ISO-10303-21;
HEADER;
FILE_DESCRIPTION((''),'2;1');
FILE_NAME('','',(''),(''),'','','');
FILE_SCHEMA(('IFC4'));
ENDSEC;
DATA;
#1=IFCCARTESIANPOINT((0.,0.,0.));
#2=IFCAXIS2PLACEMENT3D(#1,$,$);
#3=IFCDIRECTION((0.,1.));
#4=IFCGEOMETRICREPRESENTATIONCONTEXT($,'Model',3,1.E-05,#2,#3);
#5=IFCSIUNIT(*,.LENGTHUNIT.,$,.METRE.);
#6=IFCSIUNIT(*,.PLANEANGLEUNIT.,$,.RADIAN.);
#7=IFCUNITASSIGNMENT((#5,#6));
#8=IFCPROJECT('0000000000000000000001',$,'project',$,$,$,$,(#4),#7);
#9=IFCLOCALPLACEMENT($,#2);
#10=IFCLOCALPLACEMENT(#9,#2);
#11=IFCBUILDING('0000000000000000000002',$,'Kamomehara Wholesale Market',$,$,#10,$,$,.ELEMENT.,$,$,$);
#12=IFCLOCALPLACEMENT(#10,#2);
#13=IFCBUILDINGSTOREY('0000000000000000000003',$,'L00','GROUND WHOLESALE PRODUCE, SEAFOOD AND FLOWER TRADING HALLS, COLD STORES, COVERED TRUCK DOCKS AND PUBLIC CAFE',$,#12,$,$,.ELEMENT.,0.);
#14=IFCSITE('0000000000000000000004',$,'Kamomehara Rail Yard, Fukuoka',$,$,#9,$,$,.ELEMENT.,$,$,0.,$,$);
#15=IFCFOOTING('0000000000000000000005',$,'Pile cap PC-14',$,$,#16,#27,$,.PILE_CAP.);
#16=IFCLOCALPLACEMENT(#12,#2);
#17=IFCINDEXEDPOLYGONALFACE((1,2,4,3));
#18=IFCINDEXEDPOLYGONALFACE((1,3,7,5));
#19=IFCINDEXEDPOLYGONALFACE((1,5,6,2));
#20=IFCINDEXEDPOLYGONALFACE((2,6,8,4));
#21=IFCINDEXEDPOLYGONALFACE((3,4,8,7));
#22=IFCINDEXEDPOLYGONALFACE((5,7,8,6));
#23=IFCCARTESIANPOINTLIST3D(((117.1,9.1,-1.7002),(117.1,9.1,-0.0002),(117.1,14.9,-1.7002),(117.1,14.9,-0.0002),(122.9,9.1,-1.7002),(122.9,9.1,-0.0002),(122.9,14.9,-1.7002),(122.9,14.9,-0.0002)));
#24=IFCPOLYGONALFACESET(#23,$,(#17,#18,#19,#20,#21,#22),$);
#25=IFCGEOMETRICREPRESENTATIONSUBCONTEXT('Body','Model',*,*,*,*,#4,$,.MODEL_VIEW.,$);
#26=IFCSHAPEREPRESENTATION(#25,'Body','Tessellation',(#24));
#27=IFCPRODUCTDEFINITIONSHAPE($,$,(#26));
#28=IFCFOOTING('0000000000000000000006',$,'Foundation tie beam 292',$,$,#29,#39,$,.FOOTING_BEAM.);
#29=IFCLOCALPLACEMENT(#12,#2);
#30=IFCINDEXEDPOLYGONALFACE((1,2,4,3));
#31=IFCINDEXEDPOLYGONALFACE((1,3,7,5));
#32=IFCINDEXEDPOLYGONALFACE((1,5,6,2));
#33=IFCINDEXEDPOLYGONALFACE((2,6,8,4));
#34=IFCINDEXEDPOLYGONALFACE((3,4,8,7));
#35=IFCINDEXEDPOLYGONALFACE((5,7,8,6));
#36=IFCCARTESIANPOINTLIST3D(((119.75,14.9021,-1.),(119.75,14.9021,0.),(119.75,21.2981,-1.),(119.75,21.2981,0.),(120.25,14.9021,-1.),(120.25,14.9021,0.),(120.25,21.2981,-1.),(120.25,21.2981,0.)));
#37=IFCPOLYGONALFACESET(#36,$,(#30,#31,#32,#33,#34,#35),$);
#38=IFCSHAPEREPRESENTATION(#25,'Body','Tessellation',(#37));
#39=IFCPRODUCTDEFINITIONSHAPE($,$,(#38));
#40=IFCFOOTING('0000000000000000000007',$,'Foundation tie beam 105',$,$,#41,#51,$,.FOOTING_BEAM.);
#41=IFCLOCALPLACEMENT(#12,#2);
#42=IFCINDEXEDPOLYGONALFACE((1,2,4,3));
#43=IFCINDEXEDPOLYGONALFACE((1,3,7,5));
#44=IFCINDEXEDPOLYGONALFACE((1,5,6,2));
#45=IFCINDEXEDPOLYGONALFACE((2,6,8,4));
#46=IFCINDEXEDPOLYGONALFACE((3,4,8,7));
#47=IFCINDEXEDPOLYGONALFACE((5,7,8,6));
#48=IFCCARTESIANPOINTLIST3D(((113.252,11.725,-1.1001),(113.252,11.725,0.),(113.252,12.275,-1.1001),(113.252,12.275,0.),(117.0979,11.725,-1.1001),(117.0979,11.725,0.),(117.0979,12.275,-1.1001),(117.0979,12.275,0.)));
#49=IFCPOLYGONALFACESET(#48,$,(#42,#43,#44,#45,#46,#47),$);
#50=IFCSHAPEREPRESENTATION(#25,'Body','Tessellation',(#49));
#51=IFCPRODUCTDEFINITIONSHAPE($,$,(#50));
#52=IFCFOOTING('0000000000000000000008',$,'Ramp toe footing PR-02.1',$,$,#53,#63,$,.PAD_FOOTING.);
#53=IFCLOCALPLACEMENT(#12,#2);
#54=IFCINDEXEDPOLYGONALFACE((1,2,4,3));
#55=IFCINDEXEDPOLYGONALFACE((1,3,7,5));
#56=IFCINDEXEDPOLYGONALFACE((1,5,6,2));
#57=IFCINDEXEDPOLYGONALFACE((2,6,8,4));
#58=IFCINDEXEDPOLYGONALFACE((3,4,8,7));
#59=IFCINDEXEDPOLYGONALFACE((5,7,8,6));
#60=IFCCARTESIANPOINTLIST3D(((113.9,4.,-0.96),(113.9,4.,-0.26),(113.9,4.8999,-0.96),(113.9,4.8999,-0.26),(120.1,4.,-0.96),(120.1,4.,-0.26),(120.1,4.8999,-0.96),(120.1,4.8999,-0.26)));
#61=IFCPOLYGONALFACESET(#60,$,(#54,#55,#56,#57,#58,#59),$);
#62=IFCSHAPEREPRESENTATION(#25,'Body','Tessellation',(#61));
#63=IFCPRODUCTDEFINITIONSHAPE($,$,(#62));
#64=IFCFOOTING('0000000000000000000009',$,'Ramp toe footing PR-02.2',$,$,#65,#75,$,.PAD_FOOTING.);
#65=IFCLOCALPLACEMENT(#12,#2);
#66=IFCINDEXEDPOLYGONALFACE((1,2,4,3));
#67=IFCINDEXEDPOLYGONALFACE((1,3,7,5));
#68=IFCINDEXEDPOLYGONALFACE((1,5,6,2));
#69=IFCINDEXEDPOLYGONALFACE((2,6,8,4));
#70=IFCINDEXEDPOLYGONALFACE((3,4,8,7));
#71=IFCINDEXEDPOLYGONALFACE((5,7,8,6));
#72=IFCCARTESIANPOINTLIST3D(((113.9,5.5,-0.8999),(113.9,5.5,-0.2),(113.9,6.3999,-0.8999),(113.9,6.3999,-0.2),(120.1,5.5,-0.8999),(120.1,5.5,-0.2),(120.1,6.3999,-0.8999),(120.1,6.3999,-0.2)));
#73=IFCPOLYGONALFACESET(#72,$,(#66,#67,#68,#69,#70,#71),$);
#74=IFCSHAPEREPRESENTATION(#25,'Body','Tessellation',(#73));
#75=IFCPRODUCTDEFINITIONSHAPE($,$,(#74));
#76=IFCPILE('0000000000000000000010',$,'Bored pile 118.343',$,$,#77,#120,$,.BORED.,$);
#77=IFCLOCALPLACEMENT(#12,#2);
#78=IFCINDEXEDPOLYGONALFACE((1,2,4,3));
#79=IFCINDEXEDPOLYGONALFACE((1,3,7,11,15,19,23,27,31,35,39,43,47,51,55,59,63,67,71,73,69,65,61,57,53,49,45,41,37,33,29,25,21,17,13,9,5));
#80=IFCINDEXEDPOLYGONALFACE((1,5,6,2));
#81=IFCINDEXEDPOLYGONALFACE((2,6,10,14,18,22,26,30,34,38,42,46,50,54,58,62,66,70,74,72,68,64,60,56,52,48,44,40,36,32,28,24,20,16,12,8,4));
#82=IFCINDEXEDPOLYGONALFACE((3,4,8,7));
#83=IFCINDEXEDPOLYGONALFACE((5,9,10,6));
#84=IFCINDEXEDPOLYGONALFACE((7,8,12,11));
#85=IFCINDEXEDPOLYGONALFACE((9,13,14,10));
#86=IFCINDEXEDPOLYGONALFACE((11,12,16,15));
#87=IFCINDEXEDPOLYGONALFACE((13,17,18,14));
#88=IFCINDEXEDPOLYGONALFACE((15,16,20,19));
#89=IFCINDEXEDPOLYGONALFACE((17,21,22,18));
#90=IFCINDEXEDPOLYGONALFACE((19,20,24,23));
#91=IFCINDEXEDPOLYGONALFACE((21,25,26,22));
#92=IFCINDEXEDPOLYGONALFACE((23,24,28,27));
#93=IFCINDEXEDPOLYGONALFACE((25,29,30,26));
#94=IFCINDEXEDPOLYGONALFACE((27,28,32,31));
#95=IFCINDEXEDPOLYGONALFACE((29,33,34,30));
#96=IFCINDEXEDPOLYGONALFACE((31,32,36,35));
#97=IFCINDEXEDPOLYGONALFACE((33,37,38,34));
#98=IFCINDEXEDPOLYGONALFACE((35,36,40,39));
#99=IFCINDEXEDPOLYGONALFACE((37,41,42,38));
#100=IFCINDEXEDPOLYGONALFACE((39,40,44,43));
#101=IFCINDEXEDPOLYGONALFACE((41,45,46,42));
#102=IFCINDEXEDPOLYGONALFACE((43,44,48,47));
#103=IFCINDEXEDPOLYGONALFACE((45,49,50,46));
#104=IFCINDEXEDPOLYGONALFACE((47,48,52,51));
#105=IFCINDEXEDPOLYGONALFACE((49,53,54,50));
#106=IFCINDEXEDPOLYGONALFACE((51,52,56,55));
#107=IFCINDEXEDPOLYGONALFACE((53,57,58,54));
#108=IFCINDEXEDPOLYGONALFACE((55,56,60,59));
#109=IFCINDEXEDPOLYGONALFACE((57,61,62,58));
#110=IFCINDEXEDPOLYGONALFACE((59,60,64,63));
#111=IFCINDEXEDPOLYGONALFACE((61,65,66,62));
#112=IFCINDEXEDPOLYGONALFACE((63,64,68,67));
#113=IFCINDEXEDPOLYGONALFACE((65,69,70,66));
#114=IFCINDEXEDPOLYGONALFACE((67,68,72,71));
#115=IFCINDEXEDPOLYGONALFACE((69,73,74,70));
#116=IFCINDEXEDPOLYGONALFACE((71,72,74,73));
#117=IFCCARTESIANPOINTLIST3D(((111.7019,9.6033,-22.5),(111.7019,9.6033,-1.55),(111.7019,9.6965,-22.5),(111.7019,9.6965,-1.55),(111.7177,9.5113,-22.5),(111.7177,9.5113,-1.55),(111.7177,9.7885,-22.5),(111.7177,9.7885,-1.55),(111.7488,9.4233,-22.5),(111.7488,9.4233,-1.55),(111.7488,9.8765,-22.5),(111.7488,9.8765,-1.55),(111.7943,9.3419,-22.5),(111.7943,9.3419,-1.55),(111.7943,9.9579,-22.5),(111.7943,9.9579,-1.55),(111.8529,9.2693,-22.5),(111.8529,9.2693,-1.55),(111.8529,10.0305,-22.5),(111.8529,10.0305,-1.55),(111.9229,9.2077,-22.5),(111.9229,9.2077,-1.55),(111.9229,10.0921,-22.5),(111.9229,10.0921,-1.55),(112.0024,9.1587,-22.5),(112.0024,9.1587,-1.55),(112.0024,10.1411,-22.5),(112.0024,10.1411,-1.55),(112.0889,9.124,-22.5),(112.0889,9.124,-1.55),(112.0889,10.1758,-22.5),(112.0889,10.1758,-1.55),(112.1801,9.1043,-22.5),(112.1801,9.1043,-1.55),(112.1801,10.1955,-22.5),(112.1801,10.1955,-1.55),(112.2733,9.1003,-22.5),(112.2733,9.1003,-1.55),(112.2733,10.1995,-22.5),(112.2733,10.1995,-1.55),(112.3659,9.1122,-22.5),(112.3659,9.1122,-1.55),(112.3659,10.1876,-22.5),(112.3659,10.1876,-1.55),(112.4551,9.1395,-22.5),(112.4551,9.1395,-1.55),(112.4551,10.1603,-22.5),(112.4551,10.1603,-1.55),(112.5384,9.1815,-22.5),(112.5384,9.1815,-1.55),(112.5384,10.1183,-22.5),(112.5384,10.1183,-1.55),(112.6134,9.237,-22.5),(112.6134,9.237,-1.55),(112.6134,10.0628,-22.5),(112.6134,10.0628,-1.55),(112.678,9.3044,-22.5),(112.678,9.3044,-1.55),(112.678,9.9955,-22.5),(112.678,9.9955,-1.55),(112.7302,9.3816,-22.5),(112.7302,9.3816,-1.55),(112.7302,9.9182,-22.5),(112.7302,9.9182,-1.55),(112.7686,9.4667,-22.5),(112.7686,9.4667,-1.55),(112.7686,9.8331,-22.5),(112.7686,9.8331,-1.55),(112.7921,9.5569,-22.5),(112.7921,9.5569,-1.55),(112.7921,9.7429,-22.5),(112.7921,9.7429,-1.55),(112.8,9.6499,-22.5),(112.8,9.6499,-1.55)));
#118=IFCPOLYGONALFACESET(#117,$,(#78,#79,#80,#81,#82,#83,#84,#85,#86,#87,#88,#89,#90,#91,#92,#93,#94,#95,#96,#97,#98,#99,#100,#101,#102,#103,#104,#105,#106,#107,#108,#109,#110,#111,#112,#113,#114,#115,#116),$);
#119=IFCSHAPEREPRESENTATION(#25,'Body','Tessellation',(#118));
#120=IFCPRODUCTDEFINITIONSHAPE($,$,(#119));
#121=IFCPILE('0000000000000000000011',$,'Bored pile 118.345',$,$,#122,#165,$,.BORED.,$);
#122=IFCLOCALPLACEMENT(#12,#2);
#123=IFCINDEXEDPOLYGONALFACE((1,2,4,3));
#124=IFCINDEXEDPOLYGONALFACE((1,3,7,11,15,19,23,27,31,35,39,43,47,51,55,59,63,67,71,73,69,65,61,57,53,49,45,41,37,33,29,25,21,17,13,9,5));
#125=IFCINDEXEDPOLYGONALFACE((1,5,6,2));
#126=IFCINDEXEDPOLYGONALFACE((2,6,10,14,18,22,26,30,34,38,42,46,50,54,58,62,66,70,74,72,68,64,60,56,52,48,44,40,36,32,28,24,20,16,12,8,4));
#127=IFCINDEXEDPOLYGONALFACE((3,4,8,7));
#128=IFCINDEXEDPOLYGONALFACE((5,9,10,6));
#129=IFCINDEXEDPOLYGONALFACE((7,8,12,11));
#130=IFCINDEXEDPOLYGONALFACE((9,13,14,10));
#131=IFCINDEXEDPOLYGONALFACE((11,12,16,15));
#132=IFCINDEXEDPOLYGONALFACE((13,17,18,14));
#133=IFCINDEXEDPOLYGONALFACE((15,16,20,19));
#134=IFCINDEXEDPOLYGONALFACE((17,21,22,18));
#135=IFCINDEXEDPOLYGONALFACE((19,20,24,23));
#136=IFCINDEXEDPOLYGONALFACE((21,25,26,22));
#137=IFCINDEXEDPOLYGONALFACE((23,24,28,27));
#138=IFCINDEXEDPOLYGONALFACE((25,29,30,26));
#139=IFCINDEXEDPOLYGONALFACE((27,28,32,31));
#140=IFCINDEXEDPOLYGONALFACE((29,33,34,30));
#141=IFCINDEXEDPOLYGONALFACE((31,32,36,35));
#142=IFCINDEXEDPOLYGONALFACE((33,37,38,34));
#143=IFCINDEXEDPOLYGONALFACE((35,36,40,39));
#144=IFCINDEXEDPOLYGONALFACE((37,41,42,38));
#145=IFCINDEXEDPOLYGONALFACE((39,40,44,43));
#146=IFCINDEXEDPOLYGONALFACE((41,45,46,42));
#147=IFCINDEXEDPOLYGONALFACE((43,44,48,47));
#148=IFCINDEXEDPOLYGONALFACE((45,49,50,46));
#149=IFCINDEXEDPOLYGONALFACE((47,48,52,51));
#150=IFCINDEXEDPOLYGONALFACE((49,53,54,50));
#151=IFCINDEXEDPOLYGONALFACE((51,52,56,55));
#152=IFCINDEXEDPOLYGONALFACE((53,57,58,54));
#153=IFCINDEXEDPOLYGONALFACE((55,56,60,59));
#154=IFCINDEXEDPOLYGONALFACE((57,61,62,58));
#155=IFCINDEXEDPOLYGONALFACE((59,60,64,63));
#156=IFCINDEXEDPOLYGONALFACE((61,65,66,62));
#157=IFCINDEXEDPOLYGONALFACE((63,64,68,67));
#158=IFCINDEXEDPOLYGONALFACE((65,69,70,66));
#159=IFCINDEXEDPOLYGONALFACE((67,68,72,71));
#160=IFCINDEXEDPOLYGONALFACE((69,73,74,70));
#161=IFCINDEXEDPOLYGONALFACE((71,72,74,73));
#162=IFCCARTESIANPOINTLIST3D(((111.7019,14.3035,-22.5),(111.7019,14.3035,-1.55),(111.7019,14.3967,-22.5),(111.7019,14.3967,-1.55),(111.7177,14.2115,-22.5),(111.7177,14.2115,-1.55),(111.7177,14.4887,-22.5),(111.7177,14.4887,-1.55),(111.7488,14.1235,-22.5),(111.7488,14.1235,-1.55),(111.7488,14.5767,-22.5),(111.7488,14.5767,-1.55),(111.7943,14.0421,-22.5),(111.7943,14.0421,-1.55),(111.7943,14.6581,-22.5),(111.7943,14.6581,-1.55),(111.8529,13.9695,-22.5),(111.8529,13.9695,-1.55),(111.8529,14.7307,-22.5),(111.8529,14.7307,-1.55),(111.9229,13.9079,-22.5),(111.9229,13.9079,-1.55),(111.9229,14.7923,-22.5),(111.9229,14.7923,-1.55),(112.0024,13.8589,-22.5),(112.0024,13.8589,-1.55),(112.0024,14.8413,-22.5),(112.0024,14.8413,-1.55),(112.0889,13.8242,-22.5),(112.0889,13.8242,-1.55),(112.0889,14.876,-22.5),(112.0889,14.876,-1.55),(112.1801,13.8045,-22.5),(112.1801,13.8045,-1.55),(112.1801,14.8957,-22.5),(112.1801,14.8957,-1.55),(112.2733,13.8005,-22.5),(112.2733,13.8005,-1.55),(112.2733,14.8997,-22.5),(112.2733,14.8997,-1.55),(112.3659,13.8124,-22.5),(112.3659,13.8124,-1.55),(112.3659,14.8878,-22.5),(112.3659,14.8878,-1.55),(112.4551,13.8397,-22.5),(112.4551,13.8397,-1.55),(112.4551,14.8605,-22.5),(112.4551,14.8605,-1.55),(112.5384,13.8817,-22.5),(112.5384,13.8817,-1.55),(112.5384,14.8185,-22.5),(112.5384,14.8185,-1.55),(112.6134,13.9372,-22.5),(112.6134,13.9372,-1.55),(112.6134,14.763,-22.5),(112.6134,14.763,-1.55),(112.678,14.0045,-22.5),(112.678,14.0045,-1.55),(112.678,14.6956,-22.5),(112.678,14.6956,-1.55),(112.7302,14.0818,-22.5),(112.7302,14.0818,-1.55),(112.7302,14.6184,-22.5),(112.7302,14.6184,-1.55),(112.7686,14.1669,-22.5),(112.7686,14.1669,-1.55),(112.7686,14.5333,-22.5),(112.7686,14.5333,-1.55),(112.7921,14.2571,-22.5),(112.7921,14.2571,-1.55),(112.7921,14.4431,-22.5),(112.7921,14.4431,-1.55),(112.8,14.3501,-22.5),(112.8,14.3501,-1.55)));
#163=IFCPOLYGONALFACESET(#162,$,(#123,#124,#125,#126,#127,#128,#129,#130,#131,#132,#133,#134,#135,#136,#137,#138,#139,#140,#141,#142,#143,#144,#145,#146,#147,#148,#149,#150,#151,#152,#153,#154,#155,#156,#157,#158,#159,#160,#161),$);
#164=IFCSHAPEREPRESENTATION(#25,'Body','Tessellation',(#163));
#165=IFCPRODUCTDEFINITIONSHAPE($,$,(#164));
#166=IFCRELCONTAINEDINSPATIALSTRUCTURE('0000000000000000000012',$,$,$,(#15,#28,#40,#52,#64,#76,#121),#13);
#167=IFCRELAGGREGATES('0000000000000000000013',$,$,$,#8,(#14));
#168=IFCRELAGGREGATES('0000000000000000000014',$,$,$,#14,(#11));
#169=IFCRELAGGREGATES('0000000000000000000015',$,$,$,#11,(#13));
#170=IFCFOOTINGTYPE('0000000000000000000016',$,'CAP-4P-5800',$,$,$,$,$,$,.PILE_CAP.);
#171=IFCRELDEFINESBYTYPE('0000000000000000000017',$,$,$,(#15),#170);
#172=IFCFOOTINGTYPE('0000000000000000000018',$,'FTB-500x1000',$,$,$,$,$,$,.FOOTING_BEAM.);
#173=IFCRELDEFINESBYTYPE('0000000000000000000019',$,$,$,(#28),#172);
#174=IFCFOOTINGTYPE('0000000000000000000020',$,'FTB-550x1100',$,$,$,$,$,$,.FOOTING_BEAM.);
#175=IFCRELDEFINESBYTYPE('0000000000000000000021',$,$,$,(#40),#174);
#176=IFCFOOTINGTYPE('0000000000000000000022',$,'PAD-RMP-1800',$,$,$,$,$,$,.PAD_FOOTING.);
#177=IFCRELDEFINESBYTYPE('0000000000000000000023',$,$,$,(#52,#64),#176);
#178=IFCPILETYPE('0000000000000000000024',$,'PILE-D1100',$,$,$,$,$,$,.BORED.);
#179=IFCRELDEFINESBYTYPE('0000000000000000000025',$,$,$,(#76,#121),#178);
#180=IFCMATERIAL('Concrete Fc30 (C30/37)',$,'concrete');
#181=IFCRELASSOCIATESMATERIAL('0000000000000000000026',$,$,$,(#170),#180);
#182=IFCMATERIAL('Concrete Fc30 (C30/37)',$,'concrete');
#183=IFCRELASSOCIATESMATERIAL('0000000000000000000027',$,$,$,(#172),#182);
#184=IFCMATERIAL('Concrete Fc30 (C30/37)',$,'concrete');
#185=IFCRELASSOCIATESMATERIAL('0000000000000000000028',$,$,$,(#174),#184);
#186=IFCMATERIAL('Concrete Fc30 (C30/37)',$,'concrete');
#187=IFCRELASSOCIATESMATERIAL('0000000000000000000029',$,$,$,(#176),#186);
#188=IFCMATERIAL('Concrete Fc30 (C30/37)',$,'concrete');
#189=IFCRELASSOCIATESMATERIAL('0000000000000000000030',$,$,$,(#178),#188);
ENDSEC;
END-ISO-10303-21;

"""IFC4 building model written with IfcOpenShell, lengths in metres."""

from ifc_helpers import new_model, si_unit, direction, frame, origin, origin_2d, place, context, subcontext, project, spatial, rectangle, circle, extrude, material, material_profile, profile_set, type_object, element, save


model = new_model("IFC4")

# Units and contexts
model_context = context("Model", 3, precision=1e-05, world=origin(), true_north=direction((0.0, 1.0)))
body_context = subcontext(model_context, "Body", "Model", "MODEL_VIEW")
ifc_project = project(units=[si_unit("LENGTHUNIT", "METRE"), si_unit("PLANEANGLEUNIT", "RADIAN")], contexts=[model_context])

# Site, building, storey
site_placement = place(None, origin())
site = spatial("IfcSite", under=ifc_project, at=site_placement, Name="Kamomehara Rail Yard, Fukuoka", CompositionType="ELEMENT", RefElevation=0.0)
building_placement = place(site_placement, origin())
building = spatial("IfcBuilding", under=site, at=building_placement, Name="Kamomehara Wholesale Market", CompositionType="ELEMENT")
storey_placement = place(building_placement, origin())
storey = spatial("IfcBuildingStorey", under=building, at=storey_placement, Name="L00", Description="GROUND WHOLESALE PRODUCE, SEAFOOD AND FLOWER TRADING HALLS, COLD STORES, COVERED TRUCK DOCKS AND PUBLIC CAFE", CompositionType="ELEMENT", Elevation=0.0)

# Footings
ifc_material_1 = material(Name="Concrete Fc30 (C30/37)", Category="concrete")
footing_type_1 = type_object("IfcFootingType", Name="CAP-4P-5800", PredefinedType="PILE_CAP", material=ifc_material_1)
footing_1_placement = place(storey_placement, frame((120.0, 12.0, -1.7002), z_axis=(0.0, 0.0, 1.0), x_axis=(1.0, 0.0, 0.0)))
element("IfcFooting", 1, at=footing_1_placement, inside=storey, type_object=footing_type_1, Name="Pile cap PC-14", PredefinedType="PILE_CAP", context=body_context, shape_type="SweptSolid", body=[
    extrude(rectangle(XDim=5.8, YDim=5.8, at=origin_2d()), origin(), (0.0, 0.0, 1.0), 1.7),
])
ifc_material_2 = material(Name="Concrete Fc30 (C30/37)", Category="concrete")
ifc_material_profile_1 = material_profile(ifc_material_2, rectangle(XDim=0.5, YDim=1.0, at=origin_2d()), Name="RC-FTB-500x1000")
ifc_profile_set_1 = profile_set([ifc_material_profile_1], Name="Concrete Fc30 (C30/37)")
footing_type_2 = type_object("IfcFootingType", Name="FTB-500x1000", PredefinedType="FOOTING_BEAM", material=ifc_profile_set_1)
footing_2_placement = place(storey_placement, frame((120.0, 14.9021, -0.5), z_axis=(0.0, 1.0, 0.0), x_axis=(-1.0, 0.0, 0.0)))
element("IfcFooting", 2, at=footing_2_placement, inside=storey, type_object=footing_type_2, Name="Foundation tie beam 292", PredefinedType="FOOTING_BEAM", context=body_context, shape_type="SweptSolid", body=[
    extrude(rectangle(XDim=0.5, YDim=1.0, at=origin_2d()), origin(), (0.0, 0.0, 1.0), 6.396),
])
ifc_material_3 = material(Name="Concrete Fc30 (C30/37)", Category="concrete")
ifc_material_profile_2 = material_profile(ifc_material_3, rectangle(XDim=0.55, YDim=1.1001, at=origin_2d()), Name="RC-FTB-550x1100")
ifc_profile_set_2 = profile_set([ifc_material_profile_2], Name="Concrete Fc30 (C30/37)")
footing_type_3 = type_object("IfcFootingType", Name="FTB-550x1100", PredefinedType="FOOTING_BEAM", material=ifc_profile_set_2)
footing_3_placement = place(storey_placement, frame((113.252, 12.0, -0.55), z_axis=(1.0, 0.0, 0.0), x_axis=(0.0, 1.0, 0.0)))
element("IfcFooting", 3, at=footing_3_placement, inside=storey, type_object=footing_type_3, Name="Foundation tie beam 105", PredefinedType="FOOTING_BEAM", context=body_context, shape_type="SweptSolid", body=[
    extrude(rectangle(XDim=0.55, YDim=1.1001, at=origin_2d()), origin(), (0.0, 0.0, 1.0), 3.8459),
])
ifc_material_4 = material(Name="Concrete Fc30 (C30/37)", Category="concrete")
footing_type_4 = type_object("IfcFootingType", Name="PAD-RMP-1800", PredefinedType="PAD_FOOTING", material=ifc_material_4)
for number, where, z_axis, x_axis, name in (
    (4, (117.0, 4.45, -0.96), (0.0, 0.0, 1.0), (1.0, 0.0, 0.0), "Ramp toe footing PR-02.1"),
    (5, (117.0, 5.95, -0.8999), (0.0, 0.0, 1.0), (1.0, 0.0, 0.0), "Ramp toe footing PR-02.2"),
):
    element("IfcFooting", number, at=place(storey_placement, frame(where, z_axis=z_axis, x_axis=x_axis)), inside=storey, type_object=footing_type_4, Name=name, PredefinedType="PAD_FOOTING", context=body_context, shape_type="SweptSolid", body=[
        extrude(rectangle(XDim=6.2, YDim=0.8999, at=origin_2d()), origin(), (0.0, 0.0, 1.0), 0.7),
    ])

# Piles
ifc_material_5 = material(Name="Concrete Fc30 (C30/37)", Category="concrete")
ifc_material_profile_3 = material_profile(ifc_material_5, circle(Radius=0.55, at=origin_2d()), Name="RC-PILE-D1100")
ifc_profile_set_3 = profile_set([ifc_material_profile_3], Name="Concrete Fc30 (C30/37)")
pile_type_1 = type_object("IfcPileType", Name="PILE-D1100", PredefinedType="BORED", material=ifc_profile_set_3)
for number, where, z_axis, x_axis, name in (
    (6, (112.25, 9.6499, -1.55), (0.0, 0.0, -1.0), (1.0, 0.0, 0.0), "Bored pile 118.343"),
    (7, (112.25, 14.3501, -1.55), (0.0, 0.0, -1.0), (1.0, 0.0, 0.0), "Bored pile 118.345"),
):
    element("IfcPile", number, at=place(storey_placement, frame(where, z_axis=z_axis, x_axis=x_axis)), inside=storey, type_object=pile_type_1, Name=name, PredefinedType="BORED", context=body_context, shape_type="SweptSolid", body=[
        extrude(circle(Radius=0.55, at=origin_2d()), origin(), (0.0, 0.0, 1.0), 20.95),
    ])

save(model, "model.ifc")
